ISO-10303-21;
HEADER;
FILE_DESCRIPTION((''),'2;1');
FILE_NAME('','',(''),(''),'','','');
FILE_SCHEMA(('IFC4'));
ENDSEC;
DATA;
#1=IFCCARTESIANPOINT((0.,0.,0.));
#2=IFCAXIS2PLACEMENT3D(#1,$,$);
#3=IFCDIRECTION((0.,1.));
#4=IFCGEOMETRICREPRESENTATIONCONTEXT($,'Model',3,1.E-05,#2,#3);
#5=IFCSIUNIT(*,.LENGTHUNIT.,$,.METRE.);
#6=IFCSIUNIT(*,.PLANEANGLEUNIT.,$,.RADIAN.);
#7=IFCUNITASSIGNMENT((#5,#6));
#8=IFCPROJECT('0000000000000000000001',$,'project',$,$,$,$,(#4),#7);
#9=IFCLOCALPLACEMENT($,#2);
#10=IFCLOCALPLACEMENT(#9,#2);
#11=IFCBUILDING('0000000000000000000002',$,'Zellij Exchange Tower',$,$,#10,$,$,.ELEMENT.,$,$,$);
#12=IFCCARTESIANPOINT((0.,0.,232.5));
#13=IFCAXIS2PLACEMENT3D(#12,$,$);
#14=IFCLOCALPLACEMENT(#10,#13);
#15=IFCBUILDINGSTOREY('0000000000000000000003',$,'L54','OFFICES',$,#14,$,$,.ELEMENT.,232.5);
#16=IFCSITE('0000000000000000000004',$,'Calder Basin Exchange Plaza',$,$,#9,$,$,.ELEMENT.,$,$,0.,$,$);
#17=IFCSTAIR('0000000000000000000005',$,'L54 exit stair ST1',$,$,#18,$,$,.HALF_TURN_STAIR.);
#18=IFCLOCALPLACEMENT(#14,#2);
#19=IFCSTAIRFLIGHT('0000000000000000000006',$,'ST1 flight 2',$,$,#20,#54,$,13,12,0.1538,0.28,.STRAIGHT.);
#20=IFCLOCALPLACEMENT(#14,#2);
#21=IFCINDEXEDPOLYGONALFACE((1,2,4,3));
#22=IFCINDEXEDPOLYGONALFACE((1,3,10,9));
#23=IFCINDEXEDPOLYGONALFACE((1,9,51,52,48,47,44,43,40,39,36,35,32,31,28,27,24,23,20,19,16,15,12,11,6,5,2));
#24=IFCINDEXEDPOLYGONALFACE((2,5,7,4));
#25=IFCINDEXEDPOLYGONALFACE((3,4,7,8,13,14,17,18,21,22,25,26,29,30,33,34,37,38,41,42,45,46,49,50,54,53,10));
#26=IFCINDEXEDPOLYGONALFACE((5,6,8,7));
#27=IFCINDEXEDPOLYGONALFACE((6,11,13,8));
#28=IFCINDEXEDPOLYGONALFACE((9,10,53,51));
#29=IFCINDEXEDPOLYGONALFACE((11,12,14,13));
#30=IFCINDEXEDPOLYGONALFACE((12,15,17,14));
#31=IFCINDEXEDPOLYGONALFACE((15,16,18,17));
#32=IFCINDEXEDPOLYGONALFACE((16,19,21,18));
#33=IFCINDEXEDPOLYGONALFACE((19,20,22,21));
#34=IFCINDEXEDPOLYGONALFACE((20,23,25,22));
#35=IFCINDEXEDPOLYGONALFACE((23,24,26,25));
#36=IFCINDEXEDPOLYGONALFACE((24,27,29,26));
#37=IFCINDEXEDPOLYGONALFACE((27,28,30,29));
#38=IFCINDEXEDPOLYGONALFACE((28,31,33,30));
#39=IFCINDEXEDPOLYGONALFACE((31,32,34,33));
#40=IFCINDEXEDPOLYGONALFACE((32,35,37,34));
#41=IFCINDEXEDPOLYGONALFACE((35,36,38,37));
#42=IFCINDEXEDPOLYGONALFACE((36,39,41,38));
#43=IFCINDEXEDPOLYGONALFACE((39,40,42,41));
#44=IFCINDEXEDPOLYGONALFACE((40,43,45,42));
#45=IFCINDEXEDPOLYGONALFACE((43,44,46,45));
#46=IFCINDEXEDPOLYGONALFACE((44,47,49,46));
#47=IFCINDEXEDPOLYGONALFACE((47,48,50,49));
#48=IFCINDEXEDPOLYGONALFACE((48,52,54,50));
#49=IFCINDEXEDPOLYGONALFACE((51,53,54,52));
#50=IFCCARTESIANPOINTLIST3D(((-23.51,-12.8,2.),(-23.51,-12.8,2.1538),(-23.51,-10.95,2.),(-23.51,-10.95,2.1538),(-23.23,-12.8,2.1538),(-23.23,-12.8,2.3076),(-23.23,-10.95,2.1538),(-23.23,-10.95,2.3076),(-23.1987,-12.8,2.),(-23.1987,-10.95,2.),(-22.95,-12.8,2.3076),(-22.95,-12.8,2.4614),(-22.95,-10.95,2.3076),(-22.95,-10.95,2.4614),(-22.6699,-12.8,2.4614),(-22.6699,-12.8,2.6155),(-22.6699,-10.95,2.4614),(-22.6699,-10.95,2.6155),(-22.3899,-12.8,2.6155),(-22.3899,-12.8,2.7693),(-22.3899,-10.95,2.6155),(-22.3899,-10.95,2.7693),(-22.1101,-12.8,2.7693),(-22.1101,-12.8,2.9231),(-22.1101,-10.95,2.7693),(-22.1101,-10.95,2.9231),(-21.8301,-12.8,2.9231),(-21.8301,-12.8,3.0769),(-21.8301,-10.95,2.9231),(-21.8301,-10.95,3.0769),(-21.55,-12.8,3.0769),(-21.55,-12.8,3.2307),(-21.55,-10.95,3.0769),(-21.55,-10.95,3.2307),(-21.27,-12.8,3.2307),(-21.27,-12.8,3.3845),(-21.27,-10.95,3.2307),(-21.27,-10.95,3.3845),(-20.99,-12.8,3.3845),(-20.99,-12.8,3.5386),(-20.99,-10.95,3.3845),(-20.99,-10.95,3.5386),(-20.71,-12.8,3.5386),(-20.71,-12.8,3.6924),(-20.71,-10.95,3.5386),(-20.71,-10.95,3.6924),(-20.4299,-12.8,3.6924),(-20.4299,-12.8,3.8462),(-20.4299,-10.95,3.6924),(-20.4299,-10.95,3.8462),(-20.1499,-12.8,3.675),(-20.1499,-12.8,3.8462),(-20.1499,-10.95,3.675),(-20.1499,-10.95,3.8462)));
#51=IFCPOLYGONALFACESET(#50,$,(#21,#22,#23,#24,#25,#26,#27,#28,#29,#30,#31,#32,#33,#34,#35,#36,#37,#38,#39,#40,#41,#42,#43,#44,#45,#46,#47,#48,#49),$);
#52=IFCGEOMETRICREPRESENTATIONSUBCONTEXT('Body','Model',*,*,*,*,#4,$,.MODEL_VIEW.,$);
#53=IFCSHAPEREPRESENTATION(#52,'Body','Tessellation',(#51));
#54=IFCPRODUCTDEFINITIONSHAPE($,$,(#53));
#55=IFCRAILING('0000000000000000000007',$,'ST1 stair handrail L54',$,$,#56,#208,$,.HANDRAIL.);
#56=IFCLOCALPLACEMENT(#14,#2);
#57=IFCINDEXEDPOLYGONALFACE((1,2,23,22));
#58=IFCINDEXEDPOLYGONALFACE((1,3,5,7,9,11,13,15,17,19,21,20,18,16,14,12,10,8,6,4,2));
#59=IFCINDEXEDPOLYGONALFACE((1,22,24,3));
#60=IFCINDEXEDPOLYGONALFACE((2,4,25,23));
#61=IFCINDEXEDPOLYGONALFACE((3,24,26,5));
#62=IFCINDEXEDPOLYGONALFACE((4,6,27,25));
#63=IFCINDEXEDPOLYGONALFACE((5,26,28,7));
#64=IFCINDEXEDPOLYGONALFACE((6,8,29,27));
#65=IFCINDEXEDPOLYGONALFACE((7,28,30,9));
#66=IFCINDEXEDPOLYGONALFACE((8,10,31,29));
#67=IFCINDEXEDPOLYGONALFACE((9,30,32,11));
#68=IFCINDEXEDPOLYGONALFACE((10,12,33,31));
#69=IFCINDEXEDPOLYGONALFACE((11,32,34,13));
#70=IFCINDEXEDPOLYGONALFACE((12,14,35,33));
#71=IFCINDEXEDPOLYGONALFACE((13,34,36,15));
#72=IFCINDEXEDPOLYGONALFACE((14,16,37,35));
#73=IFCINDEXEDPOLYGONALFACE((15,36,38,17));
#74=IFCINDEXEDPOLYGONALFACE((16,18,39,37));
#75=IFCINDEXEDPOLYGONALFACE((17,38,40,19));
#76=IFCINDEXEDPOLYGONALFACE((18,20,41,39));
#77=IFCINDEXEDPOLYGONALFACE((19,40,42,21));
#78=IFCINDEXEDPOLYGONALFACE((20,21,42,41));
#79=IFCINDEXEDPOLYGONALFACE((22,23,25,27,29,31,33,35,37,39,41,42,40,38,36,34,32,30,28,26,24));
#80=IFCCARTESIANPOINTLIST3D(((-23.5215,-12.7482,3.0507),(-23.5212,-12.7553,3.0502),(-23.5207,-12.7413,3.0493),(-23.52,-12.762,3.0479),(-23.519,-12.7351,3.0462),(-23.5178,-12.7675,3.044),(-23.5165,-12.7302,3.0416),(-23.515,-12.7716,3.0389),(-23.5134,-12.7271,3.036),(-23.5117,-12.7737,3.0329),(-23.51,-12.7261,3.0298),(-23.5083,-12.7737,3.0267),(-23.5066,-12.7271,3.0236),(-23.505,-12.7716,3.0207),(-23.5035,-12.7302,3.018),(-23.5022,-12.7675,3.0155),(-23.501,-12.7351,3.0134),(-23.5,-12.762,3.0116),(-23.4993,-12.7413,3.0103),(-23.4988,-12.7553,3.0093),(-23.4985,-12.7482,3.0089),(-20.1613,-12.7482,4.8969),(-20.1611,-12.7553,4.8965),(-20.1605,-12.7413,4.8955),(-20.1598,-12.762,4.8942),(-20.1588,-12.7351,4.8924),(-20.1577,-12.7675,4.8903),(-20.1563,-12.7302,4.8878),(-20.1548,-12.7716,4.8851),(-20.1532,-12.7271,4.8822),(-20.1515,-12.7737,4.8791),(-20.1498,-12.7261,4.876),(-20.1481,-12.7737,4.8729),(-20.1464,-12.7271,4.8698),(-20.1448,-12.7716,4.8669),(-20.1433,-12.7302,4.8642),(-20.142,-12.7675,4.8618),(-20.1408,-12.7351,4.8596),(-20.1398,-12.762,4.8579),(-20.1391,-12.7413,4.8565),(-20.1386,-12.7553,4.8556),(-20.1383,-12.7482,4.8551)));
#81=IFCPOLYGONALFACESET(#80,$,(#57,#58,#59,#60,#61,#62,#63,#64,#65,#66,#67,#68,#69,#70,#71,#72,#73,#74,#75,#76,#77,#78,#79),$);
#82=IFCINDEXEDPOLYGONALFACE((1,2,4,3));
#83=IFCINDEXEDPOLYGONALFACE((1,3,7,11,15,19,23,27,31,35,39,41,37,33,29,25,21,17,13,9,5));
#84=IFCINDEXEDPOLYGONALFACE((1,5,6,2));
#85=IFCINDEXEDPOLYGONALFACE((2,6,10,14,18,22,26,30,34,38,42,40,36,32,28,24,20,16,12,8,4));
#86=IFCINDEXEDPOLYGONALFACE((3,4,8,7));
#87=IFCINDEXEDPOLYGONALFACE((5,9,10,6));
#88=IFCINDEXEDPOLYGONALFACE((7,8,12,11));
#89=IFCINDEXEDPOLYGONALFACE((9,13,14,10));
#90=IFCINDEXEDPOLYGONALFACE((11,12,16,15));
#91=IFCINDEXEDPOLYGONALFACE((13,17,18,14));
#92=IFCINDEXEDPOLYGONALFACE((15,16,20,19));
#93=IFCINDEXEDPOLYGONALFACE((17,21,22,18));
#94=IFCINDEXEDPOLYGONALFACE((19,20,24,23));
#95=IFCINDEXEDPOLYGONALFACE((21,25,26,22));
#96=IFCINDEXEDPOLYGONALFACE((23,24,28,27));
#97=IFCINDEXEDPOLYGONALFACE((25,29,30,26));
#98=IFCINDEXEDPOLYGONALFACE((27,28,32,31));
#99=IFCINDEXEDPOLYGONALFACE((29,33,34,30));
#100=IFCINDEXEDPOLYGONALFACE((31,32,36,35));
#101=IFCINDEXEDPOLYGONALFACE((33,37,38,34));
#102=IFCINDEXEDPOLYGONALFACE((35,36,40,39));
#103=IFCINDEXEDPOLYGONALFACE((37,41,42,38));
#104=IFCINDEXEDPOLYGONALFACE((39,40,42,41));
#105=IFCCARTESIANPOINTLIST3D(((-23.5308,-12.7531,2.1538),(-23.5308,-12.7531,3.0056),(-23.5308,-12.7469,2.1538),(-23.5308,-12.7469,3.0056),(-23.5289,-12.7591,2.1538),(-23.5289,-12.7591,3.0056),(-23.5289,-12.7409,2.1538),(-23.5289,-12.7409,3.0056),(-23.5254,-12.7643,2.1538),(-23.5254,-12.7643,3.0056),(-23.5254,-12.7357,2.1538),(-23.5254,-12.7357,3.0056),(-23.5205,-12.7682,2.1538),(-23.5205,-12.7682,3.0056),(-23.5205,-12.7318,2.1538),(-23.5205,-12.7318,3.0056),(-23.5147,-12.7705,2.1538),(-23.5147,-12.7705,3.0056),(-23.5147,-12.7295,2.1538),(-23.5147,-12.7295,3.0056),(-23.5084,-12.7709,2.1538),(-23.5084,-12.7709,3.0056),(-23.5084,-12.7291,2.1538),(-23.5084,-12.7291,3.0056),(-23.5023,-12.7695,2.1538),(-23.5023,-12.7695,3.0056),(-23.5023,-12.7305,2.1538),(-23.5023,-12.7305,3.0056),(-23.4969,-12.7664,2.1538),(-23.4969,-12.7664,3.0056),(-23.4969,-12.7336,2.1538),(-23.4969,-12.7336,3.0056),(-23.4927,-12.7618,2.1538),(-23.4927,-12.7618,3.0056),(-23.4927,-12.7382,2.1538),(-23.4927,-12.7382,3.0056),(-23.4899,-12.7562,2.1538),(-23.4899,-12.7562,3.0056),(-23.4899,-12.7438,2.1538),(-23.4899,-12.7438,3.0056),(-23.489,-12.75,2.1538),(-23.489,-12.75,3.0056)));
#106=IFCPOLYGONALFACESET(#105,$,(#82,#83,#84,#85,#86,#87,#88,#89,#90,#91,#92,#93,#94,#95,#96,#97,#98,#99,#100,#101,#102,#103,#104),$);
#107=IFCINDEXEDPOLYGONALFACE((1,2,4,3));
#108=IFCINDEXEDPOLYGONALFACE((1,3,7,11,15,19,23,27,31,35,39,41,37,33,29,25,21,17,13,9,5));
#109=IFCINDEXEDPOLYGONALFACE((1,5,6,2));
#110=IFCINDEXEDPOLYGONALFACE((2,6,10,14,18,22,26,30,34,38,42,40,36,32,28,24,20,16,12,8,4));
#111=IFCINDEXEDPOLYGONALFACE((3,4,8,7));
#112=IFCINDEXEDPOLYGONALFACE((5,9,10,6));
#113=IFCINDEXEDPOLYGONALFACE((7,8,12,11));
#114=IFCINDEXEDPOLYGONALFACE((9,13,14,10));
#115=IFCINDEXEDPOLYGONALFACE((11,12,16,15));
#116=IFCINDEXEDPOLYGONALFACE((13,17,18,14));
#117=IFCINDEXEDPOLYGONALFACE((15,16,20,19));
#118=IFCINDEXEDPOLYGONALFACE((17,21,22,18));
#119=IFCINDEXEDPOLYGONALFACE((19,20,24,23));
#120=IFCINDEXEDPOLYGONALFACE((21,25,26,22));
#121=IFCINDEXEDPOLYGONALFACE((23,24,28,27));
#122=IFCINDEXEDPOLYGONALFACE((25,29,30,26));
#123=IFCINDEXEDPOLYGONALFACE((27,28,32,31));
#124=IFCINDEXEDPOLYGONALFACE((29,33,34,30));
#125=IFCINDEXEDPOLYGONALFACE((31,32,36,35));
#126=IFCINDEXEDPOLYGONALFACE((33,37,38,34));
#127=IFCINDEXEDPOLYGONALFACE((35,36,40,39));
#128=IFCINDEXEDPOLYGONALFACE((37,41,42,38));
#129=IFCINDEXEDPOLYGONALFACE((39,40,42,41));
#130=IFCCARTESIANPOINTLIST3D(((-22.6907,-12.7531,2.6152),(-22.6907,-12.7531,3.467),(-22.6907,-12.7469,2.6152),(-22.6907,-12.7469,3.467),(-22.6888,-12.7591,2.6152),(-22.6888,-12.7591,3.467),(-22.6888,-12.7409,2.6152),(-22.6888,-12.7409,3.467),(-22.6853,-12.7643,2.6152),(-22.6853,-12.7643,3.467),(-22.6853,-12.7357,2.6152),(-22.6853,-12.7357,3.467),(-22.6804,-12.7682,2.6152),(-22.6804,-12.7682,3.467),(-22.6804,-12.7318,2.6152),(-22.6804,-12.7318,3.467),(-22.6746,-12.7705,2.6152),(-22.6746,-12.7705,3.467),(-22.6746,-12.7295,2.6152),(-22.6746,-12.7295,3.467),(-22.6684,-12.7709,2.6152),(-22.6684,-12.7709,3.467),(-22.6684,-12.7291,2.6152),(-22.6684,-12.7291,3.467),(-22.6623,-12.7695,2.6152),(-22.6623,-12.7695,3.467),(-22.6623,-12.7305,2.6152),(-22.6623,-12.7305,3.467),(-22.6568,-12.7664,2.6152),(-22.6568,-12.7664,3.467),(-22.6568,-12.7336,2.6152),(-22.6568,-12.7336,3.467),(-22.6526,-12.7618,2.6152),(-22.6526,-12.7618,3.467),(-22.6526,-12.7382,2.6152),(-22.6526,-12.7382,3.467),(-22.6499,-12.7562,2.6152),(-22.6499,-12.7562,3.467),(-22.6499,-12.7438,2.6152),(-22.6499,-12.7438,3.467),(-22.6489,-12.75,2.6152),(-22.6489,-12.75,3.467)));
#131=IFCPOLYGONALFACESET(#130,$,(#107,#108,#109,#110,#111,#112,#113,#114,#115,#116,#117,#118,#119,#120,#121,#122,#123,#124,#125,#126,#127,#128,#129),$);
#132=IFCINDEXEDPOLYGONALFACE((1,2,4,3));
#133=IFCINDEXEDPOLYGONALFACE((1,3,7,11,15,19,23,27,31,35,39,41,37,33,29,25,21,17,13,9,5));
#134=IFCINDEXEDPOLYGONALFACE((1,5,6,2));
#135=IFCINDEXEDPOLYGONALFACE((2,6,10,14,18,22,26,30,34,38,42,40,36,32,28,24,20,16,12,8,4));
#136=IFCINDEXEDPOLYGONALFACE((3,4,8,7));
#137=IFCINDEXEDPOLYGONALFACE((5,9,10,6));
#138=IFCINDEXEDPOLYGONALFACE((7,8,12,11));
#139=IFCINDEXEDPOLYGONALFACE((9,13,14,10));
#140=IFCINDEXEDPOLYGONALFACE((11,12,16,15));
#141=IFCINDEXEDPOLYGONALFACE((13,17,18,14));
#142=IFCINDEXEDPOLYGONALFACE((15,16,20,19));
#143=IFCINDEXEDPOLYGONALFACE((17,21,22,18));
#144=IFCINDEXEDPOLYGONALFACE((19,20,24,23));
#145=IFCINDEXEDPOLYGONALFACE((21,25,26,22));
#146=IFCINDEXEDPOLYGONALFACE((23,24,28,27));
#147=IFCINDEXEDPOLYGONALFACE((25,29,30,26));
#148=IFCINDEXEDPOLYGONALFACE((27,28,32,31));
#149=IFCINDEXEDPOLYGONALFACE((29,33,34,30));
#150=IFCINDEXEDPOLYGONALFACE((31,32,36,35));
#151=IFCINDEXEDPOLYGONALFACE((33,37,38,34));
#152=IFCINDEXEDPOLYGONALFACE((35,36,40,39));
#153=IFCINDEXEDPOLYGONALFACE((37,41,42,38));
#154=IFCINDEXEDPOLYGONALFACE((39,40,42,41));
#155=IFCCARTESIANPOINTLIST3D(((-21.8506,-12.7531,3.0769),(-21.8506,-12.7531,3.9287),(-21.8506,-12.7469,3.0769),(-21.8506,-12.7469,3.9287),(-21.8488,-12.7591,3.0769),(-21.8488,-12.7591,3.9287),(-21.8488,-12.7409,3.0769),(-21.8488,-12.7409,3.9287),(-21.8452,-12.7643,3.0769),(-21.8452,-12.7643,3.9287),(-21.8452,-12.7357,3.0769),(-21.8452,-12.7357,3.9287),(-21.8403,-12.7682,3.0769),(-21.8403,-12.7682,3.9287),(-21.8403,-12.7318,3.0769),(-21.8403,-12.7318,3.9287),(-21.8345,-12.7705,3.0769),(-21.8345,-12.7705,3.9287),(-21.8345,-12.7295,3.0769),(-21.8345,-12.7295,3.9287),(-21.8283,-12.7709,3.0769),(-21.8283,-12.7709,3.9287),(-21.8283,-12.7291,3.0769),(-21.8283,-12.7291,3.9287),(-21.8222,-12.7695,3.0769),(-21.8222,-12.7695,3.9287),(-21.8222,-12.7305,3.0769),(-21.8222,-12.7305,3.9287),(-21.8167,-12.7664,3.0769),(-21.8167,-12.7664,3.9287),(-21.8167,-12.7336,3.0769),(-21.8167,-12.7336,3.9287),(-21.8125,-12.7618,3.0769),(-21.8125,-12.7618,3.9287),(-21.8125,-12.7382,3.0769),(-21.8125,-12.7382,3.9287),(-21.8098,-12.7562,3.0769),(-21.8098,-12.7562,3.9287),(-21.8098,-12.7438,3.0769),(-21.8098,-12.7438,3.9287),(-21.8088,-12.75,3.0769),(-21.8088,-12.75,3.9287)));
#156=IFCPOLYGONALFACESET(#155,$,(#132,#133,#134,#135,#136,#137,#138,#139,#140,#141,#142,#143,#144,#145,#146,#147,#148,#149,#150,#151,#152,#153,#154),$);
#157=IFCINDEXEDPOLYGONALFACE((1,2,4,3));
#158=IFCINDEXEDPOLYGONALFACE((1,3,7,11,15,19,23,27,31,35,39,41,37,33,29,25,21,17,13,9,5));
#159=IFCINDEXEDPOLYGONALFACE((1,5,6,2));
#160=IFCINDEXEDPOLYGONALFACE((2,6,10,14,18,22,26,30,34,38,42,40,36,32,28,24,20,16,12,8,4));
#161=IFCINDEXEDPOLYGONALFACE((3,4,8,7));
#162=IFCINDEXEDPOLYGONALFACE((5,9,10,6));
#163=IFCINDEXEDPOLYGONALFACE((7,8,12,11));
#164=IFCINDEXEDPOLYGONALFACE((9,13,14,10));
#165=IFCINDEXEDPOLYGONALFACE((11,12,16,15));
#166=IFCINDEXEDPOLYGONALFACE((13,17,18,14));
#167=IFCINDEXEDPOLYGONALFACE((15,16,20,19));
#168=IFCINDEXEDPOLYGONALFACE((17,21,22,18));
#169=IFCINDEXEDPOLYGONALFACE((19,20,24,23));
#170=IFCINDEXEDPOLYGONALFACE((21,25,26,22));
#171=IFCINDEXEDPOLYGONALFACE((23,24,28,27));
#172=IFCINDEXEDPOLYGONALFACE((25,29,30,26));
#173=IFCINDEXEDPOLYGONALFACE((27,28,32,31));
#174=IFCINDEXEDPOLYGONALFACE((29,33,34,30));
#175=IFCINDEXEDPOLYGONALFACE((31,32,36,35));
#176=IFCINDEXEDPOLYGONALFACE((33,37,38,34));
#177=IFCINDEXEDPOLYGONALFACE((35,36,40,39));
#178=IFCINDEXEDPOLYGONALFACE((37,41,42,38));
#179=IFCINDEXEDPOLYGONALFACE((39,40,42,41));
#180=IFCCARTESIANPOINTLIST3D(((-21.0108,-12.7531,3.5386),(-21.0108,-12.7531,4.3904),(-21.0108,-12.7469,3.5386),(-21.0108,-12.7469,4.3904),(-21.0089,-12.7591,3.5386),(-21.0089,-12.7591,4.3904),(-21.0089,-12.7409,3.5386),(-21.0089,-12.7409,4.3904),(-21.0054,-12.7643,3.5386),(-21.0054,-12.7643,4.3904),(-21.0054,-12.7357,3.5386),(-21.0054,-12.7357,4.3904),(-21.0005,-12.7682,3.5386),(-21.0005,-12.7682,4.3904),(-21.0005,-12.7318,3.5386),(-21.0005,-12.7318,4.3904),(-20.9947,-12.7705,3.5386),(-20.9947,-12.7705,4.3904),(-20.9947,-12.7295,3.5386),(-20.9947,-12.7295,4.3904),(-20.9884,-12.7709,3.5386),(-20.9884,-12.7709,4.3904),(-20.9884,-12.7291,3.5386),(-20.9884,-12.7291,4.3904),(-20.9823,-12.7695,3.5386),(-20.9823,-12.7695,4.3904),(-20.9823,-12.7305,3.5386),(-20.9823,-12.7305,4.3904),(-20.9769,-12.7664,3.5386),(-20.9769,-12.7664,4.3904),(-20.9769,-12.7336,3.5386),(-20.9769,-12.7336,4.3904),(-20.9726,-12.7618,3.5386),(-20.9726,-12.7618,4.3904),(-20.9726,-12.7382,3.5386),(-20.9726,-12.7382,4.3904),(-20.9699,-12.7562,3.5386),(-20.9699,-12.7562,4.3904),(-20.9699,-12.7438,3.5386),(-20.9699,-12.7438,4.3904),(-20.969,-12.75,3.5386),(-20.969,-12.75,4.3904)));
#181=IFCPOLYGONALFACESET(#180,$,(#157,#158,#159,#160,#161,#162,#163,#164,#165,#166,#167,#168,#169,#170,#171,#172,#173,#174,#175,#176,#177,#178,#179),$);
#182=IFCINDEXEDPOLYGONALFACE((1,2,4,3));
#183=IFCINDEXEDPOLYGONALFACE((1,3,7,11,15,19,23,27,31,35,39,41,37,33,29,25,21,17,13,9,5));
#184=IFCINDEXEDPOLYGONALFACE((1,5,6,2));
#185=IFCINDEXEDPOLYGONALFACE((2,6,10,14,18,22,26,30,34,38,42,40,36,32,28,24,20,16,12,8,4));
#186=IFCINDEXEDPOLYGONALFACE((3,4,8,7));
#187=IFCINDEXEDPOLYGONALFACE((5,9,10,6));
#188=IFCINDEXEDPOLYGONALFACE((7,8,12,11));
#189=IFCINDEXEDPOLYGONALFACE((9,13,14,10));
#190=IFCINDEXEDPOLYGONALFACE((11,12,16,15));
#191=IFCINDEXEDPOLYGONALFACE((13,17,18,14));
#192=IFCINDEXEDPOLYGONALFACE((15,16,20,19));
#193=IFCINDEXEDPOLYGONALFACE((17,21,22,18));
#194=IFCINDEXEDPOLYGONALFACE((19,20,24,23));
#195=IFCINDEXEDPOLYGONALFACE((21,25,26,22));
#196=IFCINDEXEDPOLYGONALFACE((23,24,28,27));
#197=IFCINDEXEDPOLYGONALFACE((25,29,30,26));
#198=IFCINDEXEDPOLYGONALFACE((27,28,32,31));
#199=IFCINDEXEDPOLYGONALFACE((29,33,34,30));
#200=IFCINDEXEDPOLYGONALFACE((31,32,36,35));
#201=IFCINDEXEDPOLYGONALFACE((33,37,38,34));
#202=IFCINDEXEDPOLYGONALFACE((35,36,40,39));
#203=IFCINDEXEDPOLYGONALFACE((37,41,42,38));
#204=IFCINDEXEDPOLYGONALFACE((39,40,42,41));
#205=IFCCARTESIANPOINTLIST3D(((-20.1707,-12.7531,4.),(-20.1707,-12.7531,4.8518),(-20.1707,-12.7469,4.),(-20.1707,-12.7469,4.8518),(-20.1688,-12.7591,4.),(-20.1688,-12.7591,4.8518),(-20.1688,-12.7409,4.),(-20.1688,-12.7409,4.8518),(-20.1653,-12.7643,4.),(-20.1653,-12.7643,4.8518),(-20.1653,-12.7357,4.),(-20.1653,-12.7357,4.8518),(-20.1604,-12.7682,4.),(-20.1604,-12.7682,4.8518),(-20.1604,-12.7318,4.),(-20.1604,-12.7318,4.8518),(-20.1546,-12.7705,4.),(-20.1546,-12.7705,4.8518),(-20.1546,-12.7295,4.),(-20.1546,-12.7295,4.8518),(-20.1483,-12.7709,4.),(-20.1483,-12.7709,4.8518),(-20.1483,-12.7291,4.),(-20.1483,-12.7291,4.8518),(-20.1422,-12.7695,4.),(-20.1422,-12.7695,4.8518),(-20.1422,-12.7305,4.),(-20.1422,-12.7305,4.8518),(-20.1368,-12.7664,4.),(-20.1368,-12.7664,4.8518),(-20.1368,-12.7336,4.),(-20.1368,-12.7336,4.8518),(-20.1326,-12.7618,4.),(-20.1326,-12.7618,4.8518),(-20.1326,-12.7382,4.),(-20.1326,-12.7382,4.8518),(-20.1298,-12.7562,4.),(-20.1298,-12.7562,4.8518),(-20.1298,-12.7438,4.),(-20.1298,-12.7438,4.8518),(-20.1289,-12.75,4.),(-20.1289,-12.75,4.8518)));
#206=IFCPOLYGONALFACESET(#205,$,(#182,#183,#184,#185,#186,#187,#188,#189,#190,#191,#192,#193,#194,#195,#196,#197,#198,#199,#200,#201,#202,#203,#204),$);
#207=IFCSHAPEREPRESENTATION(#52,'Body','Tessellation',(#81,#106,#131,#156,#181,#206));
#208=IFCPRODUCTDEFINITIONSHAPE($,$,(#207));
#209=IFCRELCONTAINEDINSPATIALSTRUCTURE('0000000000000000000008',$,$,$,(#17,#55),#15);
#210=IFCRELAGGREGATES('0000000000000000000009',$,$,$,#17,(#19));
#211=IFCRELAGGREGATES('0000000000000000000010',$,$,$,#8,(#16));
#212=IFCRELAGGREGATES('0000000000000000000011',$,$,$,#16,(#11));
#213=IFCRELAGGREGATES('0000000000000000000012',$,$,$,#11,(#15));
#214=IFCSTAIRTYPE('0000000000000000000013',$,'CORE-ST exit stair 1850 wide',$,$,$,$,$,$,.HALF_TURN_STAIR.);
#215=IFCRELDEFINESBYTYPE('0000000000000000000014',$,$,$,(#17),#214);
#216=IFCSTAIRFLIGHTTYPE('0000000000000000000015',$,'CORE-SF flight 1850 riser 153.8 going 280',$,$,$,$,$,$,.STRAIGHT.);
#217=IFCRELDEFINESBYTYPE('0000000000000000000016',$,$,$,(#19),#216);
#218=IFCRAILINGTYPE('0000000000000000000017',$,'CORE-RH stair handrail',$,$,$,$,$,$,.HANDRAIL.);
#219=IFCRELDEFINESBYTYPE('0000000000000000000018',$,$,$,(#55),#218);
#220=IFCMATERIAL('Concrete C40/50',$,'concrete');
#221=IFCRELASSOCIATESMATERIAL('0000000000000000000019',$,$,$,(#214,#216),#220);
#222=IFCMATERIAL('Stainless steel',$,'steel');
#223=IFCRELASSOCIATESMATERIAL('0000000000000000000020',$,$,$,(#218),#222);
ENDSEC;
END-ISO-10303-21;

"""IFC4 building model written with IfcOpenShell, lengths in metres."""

from ifc_helpers import new_model, si_unit, direction, frame, origin, origin_2d, place, context, subcontext, project, spatial, polyline, circle, outline, extrude, material, type_object, element, aggregate, save


model = new_model("IFC4")

# Units and contexts
model_context = context("Model", 3, precision=1e-05, world=origin(), true_north=direction((0.0, 1.0)))
body_context = subcontext(model_context, "Body", "Model", "MODEL_VIEW")
ifc_project = project(units=[si_unit("LENGTHUNIT", "METRE"), si_unit("PLANEANGLEUNIT", "RADIAN")], contexts=[model_context])

# Site, building, storey
site_placement = place(None, origin())
site = spatial("IfcSite", under=ifc_project, at=site_placement, Name="Calder Basin Exchange Plaza", CompositionType="ELEMENT", RefElevation=0.0)
building_placement = place(site_placement, origin())
building = spatial("IfcBuilding", under=site, at=building_placement, Name="Zellij Exchange Tower", CompositionType="ELEMENT")
storey_placement = place(building_placement, frame((0.0, 0.0, 232.5)))
storey = spatial("IfcBuildingStorey", under=building, at=storey_placement, Name="L54", Description="OFFICES", CompositionType="ELEMENT", Elevation=232.5)

# Stair, stair flight
ifc_material_1 = material(Name="Concrete C40/50", Category="concrete")
stair_type = type_object("IfcStairType", Name="CORE-ST exit stair 1850 wide", PredefinedType="HALF_TURN_STAIR", material=ifc_material_1)
stair_placement = place(storey_placement, origin())
stair = element("IfcStair", 1, at=stair_placement, inside=storey, type_object=stair_type, Name="L54 exit stair ST1", PredefinedType="HALF_TURN_STAIR")
stair_flight_type = type_object("IfcStairFlightType", Name="CORE-SF flight 1850 riser 153.8 going 280", PredefinedType="STRAIGHT", material=ifc_material_1)
stair_flight_placement = place(storey_placement, frame((-23.51, -11.875, 2.0), z_axis=(0.0, 0.0, 1.0), x_axis=(1.0, 0.0, 0.0)))
stair_flight = element("IfcStairFlight", 2, at=stair_flight_placement, type_object=stair_flight_type, Name="ST1 flight 2", NumberOfRisers=13, NumberOfTreads=12, PredefinedType="STRAIGHT", RiserHeight=0.1538, TreadLength=0.28, context=body_context, shape_type="SweptSolid", body=[
    extrude(outline(polyline([(0.0, 0.0), (0.0, 0.1538), (0.28, 0.1538), (0.28, 0.3076), (0.5601, 0.3076), (0.5601, 0.4614), (0.8401, 0.4614), (0.8401, 0.6155), (1.1201, 0.6155), (1.1201, 0.7693), (1.3999, 0.7693), (1.3999, 0.9231), (1.6799, 0.9231), (1.6799, 1.0769), (1.96, 1.0769), (1.96, 1.2307), (2.24, 1.2307), (2.24, 1.3845), (2.52, 1.3845), (2.52, 1.5386), (2.8, 1.5386), (2.8, 1.6924), (3.0801, 1.6924), (3.0801, 1.8462), (3.3601, 1.8462), (3.3601, 2.0), (3.3601, 1.675), (0.3113, 0.0), (0.0, 0.0)])), frame((0.0, 0.925, 0.0), z_axis=(0.0, -1.0, 0.0), x_axis=(1.0, 0.0, 0.0)), (0.0, 0.0, 1.0), 1.8501),
])
aggregate(stair, [stair_flight])

# Railing
ifc_material_2 = material(Name="Stainless steel", Category="steel")
railing_type = type_object("IfcRailingType", Name="CORE-RH stair handrail", PredefinedType="HANDRAIL", material=ifc_material_2)
railing_placement = place(storey_placement, frame((-23.51, -12.75, 2.1538)))
element("IfcRailing", 3, at=railing_placement, inside=storey, type_object=railing_type, Name="ST1 stair handrail L54", PredefinedType="HANDRAIL", context=body_context, shape_type="SweptSolid", body=[
    extrude(circle(Radius=0.0239, at=origin_2d()), frame((0.0, 0.0, 0.876), z_axis=(0.876422, 0.0, 0.481545), x_axis=(0.0, 1.0, 0.0)), (0.0, 0.0, 1.0), 3.834),
    extrude(circle(Radius=0.021, at=origin_2d()), origin(), (0.0, 0.0, 1.0), 0.8518),
    extrude(circle(Radius=0.021, at=origin_2d()), frame((0.8401, 0.0, 0.4614)), (0.0, 0.0, 1.0), 0.8518),
    extrude(circle(Radius=0.021, at=origin_2d()), frame((1.6802, 0.0, 0.9231)), (0.0, 0.0, 1.0), 0.8518),
    extrude(circle(Radius=0.021, at=origin_2d()), frame((2.52, 0.0, 1.3848)), (0.0, 0.0, 1.0), 0.8518),
    extrude(circle(Radius=0.021, at=origin_2d()), frame((3.3601, 0.0, 1.8462)), (0.0, 0.0, 1.0), 0.8518),
])

save(model, "model.ifc")
